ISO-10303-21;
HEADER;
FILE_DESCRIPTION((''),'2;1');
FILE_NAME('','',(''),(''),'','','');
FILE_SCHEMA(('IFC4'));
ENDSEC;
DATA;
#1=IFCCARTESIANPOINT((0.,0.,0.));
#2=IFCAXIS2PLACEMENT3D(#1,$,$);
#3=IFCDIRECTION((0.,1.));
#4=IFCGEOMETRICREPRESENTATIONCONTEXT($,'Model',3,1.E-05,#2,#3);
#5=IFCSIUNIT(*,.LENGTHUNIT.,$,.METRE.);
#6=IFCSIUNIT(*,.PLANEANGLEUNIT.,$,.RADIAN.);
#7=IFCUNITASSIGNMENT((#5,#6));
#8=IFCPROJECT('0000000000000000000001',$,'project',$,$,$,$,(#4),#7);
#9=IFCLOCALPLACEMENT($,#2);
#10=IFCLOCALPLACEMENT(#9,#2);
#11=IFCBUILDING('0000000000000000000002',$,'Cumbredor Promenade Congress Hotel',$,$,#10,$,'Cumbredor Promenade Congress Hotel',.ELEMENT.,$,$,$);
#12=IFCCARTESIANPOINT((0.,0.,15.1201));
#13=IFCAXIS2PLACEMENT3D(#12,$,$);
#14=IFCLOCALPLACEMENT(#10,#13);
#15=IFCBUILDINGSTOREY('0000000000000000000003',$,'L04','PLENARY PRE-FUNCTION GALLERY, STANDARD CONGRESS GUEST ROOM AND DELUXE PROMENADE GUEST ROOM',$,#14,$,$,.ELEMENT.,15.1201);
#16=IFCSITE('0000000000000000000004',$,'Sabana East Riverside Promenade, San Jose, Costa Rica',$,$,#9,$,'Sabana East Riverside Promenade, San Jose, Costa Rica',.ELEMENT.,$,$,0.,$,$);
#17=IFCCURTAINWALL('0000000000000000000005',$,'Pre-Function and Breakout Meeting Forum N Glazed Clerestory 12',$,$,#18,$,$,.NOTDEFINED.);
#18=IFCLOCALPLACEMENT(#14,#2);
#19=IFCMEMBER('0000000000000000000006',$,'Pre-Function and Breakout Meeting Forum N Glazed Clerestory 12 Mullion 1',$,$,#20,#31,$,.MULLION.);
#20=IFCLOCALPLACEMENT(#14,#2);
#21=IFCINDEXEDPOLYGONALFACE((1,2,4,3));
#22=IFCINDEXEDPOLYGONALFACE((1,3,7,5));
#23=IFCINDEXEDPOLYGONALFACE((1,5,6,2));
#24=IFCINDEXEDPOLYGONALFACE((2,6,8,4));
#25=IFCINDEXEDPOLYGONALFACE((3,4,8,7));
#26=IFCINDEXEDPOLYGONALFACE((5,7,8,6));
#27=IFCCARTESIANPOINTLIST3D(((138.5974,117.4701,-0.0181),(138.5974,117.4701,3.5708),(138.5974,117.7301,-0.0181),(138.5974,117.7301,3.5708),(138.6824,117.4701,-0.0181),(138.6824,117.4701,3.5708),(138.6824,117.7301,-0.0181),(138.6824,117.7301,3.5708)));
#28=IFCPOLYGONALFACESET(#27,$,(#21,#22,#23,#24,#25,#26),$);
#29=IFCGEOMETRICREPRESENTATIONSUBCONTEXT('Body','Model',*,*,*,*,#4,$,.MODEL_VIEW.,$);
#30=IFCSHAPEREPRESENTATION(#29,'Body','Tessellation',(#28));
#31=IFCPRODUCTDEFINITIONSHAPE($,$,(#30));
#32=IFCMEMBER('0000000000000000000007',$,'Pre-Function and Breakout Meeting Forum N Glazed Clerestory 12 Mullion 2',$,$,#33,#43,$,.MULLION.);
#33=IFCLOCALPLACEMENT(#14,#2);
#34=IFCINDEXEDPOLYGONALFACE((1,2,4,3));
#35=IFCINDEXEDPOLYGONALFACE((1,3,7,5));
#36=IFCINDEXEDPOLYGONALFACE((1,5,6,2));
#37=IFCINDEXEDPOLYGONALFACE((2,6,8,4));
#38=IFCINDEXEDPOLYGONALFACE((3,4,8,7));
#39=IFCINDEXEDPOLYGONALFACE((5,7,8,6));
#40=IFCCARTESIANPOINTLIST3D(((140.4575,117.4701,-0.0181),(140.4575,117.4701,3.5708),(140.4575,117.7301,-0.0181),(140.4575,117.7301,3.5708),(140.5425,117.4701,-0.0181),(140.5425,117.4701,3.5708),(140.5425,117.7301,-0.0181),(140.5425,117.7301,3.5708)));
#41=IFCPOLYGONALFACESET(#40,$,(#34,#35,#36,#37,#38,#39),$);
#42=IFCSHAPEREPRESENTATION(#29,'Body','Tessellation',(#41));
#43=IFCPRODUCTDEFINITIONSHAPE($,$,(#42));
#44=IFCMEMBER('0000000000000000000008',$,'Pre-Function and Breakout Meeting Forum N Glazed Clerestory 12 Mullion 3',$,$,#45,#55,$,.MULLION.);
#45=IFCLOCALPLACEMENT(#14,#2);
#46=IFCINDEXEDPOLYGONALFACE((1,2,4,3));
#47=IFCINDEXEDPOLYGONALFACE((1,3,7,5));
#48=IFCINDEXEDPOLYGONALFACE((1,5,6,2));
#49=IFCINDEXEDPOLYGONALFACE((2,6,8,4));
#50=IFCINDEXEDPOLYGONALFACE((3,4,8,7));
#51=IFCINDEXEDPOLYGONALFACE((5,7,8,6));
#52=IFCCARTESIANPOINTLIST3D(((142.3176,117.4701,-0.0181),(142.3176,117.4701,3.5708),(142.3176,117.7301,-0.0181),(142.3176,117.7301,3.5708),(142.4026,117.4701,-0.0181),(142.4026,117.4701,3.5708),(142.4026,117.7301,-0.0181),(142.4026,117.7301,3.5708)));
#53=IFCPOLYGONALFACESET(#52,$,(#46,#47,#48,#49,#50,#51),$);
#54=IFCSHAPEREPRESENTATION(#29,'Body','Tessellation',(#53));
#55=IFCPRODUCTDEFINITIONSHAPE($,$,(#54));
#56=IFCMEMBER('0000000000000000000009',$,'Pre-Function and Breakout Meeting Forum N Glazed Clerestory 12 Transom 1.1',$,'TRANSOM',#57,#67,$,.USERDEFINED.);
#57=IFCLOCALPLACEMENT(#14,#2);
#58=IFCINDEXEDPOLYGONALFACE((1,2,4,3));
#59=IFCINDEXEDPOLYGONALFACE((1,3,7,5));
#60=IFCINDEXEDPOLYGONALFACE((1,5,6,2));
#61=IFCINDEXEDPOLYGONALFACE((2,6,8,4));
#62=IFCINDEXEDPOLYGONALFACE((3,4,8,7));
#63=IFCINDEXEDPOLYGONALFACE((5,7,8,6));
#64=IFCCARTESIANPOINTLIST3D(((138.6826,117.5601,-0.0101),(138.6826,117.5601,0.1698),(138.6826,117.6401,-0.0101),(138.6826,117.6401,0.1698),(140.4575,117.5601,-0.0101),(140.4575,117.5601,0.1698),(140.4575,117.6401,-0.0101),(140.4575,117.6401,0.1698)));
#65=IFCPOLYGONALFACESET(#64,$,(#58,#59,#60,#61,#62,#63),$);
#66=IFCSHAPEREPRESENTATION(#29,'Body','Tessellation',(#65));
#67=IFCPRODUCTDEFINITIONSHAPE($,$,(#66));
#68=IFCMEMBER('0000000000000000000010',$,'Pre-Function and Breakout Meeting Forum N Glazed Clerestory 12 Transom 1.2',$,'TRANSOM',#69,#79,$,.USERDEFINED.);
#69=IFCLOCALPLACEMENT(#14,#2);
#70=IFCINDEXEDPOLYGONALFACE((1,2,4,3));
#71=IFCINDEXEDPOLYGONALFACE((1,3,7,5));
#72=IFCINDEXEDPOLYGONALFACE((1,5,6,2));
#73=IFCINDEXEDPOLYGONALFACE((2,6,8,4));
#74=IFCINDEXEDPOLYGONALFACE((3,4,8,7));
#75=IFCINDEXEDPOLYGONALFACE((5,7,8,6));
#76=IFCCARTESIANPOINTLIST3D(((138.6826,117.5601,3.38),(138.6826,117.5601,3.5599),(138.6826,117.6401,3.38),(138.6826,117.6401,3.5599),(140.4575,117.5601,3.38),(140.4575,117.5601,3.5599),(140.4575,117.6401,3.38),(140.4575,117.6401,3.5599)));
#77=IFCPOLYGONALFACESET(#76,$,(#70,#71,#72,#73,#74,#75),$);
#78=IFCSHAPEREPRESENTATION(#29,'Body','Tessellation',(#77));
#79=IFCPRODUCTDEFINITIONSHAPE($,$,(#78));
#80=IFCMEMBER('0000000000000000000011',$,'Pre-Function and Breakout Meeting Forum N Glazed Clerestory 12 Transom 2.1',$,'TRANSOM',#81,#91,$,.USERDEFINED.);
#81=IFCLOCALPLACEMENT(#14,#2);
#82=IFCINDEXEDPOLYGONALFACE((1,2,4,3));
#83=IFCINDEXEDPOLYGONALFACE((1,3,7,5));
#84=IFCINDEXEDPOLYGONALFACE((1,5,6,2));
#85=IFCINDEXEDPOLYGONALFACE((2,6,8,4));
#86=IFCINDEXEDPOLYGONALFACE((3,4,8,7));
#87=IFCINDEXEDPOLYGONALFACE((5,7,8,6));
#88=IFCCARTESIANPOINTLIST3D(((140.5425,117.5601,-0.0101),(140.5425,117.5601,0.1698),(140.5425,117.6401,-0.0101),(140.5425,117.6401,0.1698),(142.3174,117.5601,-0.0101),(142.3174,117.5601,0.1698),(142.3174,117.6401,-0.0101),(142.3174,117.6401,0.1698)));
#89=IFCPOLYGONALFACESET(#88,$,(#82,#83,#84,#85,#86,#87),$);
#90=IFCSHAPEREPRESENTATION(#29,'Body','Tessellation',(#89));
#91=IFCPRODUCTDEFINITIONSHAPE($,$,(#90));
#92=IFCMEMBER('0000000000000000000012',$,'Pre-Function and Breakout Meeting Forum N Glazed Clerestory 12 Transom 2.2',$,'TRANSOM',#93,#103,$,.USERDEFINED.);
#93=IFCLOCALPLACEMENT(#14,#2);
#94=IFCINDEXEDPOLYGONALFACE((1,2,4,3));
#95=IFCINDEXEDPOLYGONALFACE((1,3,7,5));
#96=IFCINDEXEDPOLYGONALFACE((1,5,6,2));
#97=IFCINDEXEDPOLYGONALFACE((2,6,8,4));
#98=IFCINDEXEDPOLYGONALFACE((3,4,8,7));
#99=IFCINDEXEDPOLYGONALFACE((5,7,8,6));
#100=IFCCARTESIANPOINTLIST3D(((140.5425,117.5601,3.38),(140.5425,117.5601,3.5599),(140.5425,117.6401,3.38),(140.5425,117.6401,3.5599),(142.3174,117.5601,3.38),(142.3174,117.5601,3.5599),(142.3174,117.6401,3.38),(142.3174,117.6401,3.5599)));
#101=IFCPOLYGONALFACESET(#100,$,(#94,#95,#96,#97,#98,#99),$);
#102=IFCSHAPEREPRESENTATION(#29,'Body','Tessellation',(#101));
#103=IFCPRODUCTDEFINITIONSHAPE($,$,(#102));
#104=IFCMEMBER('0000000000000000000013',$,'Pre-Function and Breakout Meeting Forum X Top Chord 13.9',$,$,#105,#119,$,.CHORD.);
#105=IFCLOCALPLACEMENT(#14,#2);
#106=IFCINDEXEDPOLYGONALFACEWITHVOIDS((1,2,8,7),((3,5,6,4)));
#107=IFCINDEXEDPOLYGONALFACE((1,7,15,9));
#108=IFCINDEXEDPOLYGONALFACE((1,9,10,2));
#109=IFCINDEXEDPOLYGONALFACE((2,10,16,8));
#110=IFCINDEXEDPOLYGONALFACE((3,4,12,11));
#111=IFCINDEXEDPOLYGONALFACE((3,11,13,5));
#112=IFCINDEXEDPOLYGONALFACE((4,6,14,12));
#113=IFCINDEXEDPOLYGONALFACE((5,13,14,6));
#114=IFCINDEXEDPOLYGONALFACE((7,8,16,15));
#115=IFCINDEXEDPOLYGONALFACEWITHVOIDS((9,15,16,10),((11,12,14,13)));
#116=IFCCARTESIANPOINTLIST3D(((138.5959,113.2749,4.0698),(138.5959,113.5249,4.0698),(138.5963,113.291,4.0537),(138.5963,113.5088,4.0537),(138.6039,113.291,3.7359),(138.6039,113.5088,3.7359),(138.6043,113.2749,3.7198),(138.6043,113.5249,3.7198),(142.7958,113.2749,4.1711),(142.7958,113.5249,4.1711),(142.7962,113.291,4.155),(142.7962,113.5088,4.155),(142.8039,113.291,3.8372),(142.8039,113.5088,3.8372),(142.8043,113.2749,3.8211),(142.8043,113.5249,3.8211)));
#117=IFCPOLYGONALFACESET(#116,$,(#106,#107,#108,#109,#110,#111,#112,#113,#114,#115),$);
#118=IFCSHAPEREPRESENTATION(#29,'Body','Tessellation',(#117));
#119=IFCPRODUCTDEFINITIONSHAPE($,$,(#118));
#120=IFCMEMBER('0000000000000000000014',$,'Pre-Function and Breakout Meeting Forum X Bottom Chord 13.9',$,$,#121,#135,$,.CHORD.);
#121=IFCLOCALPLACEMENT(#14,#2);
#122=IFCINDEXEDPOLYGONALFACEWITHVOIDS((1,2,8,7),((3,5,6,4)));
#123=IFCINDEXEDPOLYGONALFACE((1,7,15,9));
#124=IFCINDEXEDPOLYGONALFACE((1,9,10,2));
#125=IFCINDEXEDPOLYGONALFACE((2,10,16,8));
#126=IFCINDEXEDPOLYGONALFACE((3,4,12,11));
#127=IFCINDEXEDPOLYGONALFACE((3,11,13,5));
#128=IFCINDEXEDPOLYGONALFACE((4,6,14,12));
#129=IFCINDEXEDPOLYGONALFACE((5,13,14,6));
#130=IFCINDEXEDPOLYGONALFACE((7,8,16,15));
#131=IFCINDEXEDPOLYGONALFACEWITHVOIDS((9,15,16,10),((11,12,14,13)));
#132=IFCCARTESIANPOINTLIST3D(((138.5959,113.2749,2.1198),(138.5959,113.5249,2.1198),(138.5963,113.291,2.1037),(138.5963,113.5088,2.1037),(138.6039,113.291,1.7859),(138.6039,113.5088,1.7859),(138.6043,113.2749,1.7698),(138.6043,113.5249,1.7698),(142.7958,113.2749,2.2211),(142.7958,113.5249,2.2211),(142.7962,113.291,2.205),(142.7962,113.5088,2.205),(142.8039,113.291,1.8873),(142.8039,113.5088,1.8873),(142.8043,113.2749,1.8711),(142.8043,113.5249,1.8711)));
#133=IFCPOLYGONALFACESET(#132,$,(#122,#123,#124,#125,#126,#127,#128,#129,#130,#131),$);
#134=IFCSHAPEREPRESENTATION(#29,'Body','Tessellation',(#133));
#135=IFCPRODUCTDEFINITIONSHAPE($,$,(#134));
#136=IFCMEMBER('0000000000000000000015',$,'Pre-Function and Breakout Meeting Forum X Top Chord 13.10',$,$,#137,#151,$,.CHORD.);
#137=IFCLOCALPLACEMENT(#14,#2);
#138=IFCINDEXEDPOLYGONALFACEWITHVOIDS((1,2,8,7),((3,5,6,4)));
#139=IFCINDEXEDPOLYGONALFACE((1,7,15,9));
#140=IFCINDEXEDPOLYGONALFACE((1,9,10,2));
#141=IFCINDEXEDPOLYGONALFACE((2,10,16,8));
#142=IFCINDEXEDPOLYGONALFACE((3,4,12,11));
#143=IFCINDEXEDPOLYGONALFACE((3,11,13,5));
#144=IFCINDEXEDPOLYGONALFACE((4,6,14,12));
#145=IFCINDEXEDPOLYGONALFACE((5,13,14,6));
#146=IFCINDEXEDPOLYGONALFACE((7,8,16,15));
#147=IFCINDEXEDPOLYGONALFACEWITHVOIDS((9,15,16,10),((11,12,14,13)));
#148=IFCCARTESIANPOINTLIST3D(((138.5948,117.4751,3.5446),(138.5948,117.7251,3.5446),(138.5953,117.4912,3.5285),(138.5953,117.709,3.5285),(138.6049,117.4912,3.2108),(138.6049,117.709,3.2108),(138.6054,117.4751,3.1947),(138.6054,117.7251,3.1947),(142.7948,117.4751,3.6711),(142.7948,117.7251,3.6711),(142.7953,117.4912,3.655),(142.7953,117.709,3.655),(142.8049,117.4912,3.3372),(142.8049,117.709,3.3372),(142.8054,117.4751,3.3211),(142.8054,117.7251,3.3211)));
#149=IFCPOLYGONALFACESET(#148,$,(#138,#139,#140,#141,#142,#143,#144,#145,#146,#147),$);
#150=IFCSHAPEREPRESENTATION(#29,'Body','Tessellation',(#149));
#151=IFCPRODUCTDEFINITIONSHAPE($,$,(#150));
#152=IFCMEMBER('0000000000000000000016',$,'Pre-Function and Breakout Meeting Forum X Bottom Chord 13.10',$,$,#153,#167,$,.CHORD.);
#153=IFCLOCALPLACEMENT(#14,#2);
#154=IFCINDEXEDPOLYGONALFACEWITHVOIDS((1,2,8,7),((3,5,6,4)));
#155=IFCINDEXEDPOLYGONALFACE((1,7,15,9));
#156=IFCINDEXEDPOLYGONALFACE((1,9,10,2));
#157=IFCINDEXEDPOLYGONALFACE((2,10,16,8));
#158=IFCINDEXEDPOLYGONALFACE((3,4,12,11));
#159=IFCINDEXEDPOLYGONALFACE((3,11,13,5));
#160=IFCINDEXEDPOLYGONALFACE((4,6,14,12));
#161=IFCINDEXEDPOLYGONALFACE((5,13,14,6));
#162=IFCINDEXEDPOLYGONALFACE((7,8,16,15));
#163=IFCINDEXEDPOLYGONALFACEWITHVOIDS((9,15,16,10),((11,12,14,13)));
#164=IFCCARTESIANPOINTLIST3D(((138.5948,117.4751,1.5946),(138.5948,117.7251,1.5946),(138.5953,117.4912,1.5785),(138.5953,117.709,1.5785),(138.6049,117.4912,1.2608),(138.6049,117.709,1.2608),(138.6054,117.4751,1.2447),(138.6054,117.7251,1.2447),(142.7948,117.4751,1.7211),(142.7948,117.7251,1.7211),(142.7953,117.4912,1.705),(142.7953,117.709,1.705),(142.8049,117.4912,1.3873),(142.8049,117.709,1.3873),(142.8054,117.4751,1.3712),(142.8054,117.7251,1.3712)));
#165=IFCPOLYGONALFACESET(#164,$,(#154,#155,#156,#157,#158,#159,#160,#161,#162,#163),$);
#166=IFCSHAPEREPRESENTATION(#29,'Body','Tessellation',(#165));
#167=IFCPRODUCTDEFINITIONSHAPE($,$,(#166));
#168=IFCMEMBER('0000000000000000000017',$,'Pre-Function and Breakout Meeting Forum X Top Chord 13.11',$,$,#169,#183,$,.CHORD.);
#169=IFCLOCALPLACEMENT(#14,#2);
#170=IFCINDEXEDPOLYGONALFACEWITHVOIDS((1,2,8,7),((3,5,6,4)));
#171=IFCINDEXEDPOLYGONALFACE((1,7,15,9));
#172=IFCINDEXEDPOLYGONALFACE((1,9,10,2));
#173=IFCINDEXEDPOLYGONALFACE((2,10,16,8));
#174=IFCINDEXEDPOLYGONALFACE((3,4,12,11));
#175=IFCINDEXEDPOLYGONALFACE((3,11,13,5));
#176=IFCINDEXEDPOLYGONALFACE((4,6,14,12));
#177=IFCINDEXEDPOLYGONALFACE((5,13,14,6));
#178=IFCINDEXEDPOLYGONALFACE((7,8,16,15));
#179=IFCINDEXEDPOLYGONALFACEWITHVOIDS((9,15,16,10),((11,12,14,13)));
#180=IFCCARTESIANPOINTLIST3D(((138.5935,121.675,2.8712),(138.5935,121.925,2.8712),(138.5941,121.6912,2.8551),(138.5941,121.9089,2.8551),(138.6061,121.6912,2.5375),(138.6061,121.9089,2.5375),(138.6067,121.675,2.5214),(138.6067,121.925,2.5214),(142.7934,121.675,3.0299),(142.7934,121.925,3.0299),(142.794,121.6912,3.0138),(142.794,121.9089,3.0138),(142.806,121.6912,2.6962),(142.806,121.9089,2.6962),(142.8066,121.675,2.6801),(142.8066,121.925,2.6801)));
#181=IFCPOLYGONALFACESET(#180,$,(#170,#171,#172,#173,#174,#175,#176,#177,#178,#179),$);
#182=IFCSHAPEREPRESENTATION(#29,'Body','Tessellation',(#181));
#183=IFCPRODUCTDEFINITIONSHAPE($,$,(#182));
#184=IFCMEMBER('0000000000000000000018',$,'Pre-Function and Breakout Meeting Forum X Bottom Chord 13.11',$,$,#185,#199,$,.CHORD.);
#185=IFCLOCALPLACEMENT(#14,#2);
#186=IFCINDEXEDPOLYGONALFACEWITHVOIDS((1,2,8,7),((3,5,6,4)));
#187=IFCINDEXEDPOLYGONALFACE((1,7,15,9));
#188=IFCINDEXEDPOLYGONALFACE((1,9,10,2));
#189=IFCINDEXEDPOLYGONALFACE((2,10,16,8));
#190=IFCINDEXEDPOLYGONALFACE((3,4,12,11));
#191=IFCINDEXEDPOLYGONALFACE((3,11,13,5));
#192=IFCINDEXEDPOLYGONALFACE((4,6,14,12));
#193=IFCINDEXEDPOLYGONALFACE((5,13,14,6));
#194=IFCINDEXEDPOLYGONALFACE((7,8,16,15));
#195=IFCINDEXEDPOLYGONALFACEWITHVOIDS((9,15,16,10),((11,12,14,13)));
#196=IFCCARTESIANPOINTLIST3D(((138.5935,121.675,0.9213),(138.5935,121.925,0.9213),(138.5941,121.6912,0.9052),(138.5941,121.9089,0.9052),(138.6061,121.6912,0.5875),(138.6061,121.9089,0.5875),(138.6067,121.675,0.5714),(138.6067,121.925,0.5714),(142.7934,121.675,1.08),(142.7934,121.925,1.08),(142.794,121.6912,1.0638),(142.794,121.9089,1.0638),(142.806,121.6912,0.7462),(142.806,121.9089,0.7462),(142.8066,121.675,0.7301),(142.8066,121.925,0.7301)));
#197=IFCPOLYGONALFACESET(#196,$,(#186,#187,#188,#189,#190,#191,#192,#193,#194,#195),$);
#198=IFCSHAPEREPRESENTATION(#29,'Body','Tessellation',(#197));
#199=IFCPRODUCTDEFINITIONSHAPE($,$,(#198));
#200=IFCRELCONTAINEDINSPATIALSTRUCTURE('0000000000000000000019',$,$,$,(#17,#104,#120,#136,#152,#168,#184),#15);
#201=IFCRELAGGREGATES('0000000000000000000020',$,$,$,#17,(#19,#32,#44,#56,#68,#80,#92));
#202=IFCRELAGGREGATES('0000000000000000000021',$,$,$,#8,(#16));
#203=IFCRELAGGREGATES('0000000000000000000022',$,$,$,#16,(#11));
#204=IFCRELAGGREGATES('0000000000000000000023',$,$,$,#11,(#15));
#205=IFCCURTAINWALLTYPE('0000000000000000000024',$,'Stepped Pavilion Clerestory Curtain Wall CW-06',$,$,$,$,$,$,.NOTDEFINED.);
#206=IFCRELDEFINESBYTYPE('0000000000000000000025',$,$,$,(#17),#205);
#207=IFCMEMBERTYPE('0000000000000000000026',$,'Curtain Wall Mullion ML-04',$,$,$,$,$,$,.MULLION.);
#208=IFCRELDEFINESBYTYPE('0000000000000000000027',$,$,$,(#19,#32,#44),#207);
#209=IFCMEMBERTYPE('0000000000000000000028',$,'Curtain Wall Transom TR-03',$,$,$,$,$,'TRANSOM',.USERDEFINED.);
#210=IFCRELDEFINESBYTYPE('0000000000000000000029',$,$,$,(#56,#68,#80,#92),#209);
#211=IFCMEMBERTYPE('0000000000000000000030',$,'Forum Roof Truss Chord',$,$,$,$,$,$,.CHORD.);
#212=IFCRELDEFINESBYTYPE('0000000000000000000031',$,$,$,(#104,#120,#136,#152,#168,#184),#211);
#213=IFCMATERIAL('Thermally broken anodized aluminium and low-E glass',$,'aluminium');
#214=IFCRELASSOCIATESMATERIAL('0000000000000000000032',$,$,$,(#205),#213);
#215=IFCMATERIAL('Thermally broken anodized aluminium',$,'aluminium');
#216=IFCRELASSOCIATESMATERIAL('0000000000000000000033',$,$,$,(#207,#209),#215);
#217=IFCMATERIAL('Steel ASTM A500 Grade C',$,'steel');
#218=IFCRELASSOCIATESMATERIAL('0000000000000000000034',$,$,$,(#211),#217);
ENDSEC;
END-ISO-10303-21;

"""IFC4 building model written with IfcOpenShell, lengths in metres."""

from ifc_helpers import new_model, si_unit, direction, frame, origin, origin_2d, place, context, subcontext, project, spatial, rectangle, hollow_rectangle, extrude, material, material_profile, profile_set, type_object, element, aggregate, save


model = new_model("IFC4")

# Units and contexts
model_context = context("Model", 3, precision=1e-05, world=origin(), true_north=direction((0.0, 1.0)))
body_context = subcontext(model_context, "Body", "Model", "MODEL_VIEW")
ifc_project = project(units=[si_unit("LENGTHUNIT", "METRE"), si_unit("PLANEANGLEUNIT", "RADIAN")], contexts=[model_context])

# Site, building, storey
site_placement = place(None, origin())
site = spatial("IfcSite", under=ifc_project, at=site_placement, Name="Sabana East Riverside Promenade, San Jose, Costa Rica", LongName="Sabana East Riverside Promenade, San Jose, Costa Rica", CompositionType="ELEMENT", RefElevation=0.0)
building_placement = place(site_placement, origin())
building = spatial("IfcBuilding", under=site, at=building_placement, Name="Cumbredor Promenade Congress Hotel", LongName="Cumbredor Promenade Congress Hotel", CompositionType="ELEMENT")
storey_placement = place(building_placement, frame((0.0, 0.0, 15.1201)))
storey = spatial("IfcBuildingStorey", under=building, at=storey_placement, Name="L04", Description="PLENARY PRE-FUNCTION GALLERY, STANDARD CONGRESS GUEST ROOM AND DELUXE PROMENADE GUEST ROOM", CompositionType="ELEMENT", Elevation=15.1201)

# Curtain wall, members
ifc_material_1 = material(Name="Thermally broken anodized aluminium and low-E glass", Category="aluminium")
curtain_wall_type = type_object("IfcCurtainWallType", Name="Stepped Pavilion Clerestory Curtain Wall CW-06", PredefinedType="NOTDEFINED", material=ifc_material_1)
curtain_wall_placement = place(storey_placement, origin())
curtain_wall = element("IfcCurtainWall", 1, at=curtain_wall_placement, inside=storey, type_object=curtain_wall_type, Name="Pre-Function and Breakout Meeting Forum N Glazed Clerestory 12", PredefinedType="NOTDEFINED")
ifc_material_2 = material(Name="Thermally broken anodized aluminium", Category="aluminium")
ifc_material_profile_1 = material_profile(ifc_material_2, rectangle(XDim=0.085, YDim=0.26, at=origin_2d()), Name="ALU MULLION CLERESTORY 85x260")
ifc_profile_set_1 = profile_set([ifc_material_profile_1], Name="Thermally broken anodized aluminium")
member_type_1 = type_object("IfcMemberType", Name="Curtain Wall Mullion ML-04", PredefinedType="MULLION", material=ifc_profile_set_1)
member_1_placement = place(storey_placement, frame((138.6399, 117.6001, -0.0181), z_axis=(0.0, 0.0, 1.0), x_axis=(1.0, 0.0, 0.0)))
member_1 = element("IfcMember", 2, at=member_1_placement, type_object=member_type_1, Name="Pre-Function and Breakout Meeting Forum N Glazed Clerestory 12 Mullion 1", PredefinedType="MULLION", context=body_context, shape_type="SweptSolid", body=[
    extrude(rectangle(XDim=0.085, YDim=0.26, at=origin_2d()), origin(), (0.0, 0.0, 1.0), 3.5889),
])
member_2_placement = place(storey_placement, frame((140.5, 117.6001, -0.0181), z_axis=(0.0, 0.0, 1.0), x_axis=(1.0, 0.0, 0.0)))
member_2 = element("IfcMember", 3, at=member_2_placement, type_object=member_type_1, Name="Pre-Function and Breakout Meeting Forum N Glazed Clerestory 12 Mullion 2", PredefinedType="MULLION", context=body_context, shape_type="SweptSolid", body=[
    extrude(rectangle(XDim=0.085, YDim=0.26, at=origin_2d()), origin(), (0.0, 0.0, 1.0), 3.5889),
])
member_3_placement = place(storey_placement, frame((142.3601, 117.6001, -0.0181), z_axis=(0.0, 0.0, 1.0), x_axis=(1.0, 0.0, 0.0)))
member_3 = element("IfcMember", 4, at=member_3_placement, type_object=member_type_1, Name="Pre-Function and Breakout Meeting Forum N Glazed Clerestory 12 Mullion 3", PredefinedType="MULLION", context=body_context, shape_type="SweptSolid", body=[
    extrude(rectangle(XDim=0.085, YDim=0.26, at=origin_2d()), origin(), (0.0, 0.0, 1.0), 3.5889),
])
ifc_material_profile_2 = material_profile(ifc_material_2, rectangle(XDim=0.0801, YDim=0.1799, at=origin_2d()), Name="ALU TRANSOM 80x180")
ifc_profile_set_2 = profile_set([ifc_material_profile_2], Name="Thermally broken anodized aluminium")
member_type_2 = type_object("IfcMemberType", Name="Curtain Wall Transom TR-03", ElementType="TRANSOM", PredefinedType="USERDEFINED", material=ifc_profile_set_2)
member_4_placement = place(storey_placement, frame((138.6826, 117.6001, 0.0798), z_axis=(1.0, 0.0, 0.0), x_axis=(0.0, 1.0, 0.0)))
member_4 = element("IfcMember", 5, at=member_4_placement, type_object=member_type_2, Name="Pre-Function and Breakout Meeting Forum N Glazed Clerestory 12 Transom 1.1", ObjectType="TRANSOM", PredefinedType="USERDEFINED", context=body_context, shape_type="SweptSolid", body=[
    extrude(rectangle(XDim=0.0801, YDim=0.1799, at=origin_2d()), origin(), (0.0, 0.0, 1.0), 1.7749),
])
member_5_placement = place(storey_placement, frame((138.6826, 117.6001, 3.47), z_axis=(1.0, 0.0, 0.0), x_axis=(0.0, 1.0, 0.0)))
member_5 = element("IfcMember", 6, at=member_5_placement, type_object=member_type_2, Name="Pre-Function and Breakout Meeting Forum N Glazed Clerestory 12 Transom 1.2", ObjectType="TRANSOM", PredefinedType="USERDEFINED", context=body_context, shape_type="SweptSolid", body=[
    extrude(rectangle(XDim=0.0801, YDim=0.1799, at=origin_2d()), origin(), (0.0, 0.0, 1.0), 1.7749),
])
member_6_placement = place(storey_placement, frame((140.5425, 117.6001, 0.0798), z_axis=(1.0, 0.0, 0.0), x_axis=(0.0, 1.0, 0.0)))
member_6 = element("IfcMember", 7, at=member_6_placement, type_object=member_type_2, Name="Pre-Function and Breakout Meeting Forum N Glazed Clerestory 12 Transom 2.1", ObjectType="TRANSOM", PredefinedType="USERDEFINED", context=body_context, shape_type="SweptSolid", body=[
    extrude(rectangle(XDim=0.0801, YDim=0.1799, at=origin_2d()), origin(), (0.0, 0.0, 1.0), 1.7749),
])
member_7_placement = place(storey_placement, frame((140.5425, 117.6001, 3.47), z_axis=(1.0, 0.0, 0.0), x_axis=(0.0, 1.0, 0.0)))
member_7 = element("IfcMember", 8, at=member_7_placement, type_object=member_type_2, Name="Pre-Function and Breakout Meeting Forum N Glazed Clerestory 12 Transom 2.2", ObjectType="TRANSOM", PredefinedType="USERDEFINED", context=body_context, shape_type="SweptSolid", body=[
    extrude(rectangle(XDim=0.0801, YDim=0.1799, at=origin_2d()), origin(), (0.0, 0.0, 1.0), 1.7749),
])

# Members
ifc_material_3 = material(Name="Steel ASTM A500 Grade C", Category="steel")
ifc_material_profile_3 = material_profile(ifc_material_3, hollow_rectangle(XDim=0.25, YDim=0.3501, WallThickness=0.0161, at=origin_2d()), Name="HSS 350x250x16")
ifc_profile_set_3 = profile_set([ifc_material_profile_3], Name="Steel ASTM A500 Grade C")
member_type_3 = type_object("IfcMemberType", Name="Forum Roof Truss Chord", PredefinedType="CHORD", material=ifc_profile_set_3)
for number, where, z_axis, x_axis, name in (
    (9, (138.6001, 113.3999, 3.8948), (0.999709, 0.0, 0.024117), (0.0, 1.0, 0.0), "Pre-Function and Breakout Meeting Forum X Top Chord 13.9"),
    (10, (138.6001, 113.3999, 1.9448), (0.999709, 0.0, 0.024117), (0.0, 1.0, 0.0), "Pre-Function and Breakout Meeting Forum X Bottom Chord 13.9"),
):
    element("IfcMember", number, at=place(storey_placement, frame(where, z_axis=z_axis, x_axis=x_axis)), inside=storey, type_object=member_type_3, Name=name, PredefinedType="CHORD", context=body_context, shape_type="SweptSolid", body=[
        extrude(hollow_rectangle(XDim=0.25, YDim=0.3501, WallThickness=0.0161, at=origin_2d()), origin(), (0.0, 0.0, 1.0), 4.2012),
    ])
for number, where, z_axis, x_axis, name in (
    (11, (138.6001, 117.6001, 3.3696), (0.999547, 0.0, 0.030097), (0.0, 1.0, 0.0), "Pre-Function and Breakout Meeting Forum X Top Chord 13.10"),
    (12, (138.6001, 117.6001, 1.4197), (0.999547, 0.0, 0.030097), (0.0, 1.0, 0.0), "Pre-Function and Breakout Meeting Forum X Bottom Chord 13.10"),
):
    element("IfcMember", number, at=place(storey_placement, frame(where, z_axis=z_axis, x_axis=x_axis)), inside=storey, type_object=member_type_3, Name=name, PredefinedType="CHORD", context=body_context, shape_type="SweptSolid", body=[
        extrude(hollow_rectangle(XDim=0.25, YDim=0.3501, WallThickness=0.0161, at=origin_2d()), origin(), (0.0, 0.0, 1.0), 4.2019),
    ])
for number, where, z_axis, x_axis, name in (
    (13, (138.6001, 121.8, 2.6963), (0.999287, 0.0, 0.037757), (0.0, 1.0, 0.0), "Pre-Function and Breakout Meeting Forum X Top Chord 13.11"),
    (14, (138.6001, 121.8, 0.7463), (0.999287, 0.0, 0.037757), (0.0, 1.0, 0.0), "Pre-Function and Breakout Meeting Forum X Bottom Chord 13.11"),
):
    element("IfcMember", number, at=place(storey_placement, frame(where, z_axis=z_axis, x_axis=x_axis)), inside=storey, type_object=member_type_3, Name=name, PredefinedType="CHORD", context=body_context, shape_type="SweptSolid", body=[
        extrude(hollow_rectangle(XDim=0.25, YDim=0.3501, WallThickness=0.0161, at=origin_2d()), origin(), (0.0, 0.0, 1.0), 4.2029),
    ])

aggregate(curtain_wall, [member_1, member_2, member_3, member_4, member_5, member_6, member_7])

save(model, "model.ifc")
